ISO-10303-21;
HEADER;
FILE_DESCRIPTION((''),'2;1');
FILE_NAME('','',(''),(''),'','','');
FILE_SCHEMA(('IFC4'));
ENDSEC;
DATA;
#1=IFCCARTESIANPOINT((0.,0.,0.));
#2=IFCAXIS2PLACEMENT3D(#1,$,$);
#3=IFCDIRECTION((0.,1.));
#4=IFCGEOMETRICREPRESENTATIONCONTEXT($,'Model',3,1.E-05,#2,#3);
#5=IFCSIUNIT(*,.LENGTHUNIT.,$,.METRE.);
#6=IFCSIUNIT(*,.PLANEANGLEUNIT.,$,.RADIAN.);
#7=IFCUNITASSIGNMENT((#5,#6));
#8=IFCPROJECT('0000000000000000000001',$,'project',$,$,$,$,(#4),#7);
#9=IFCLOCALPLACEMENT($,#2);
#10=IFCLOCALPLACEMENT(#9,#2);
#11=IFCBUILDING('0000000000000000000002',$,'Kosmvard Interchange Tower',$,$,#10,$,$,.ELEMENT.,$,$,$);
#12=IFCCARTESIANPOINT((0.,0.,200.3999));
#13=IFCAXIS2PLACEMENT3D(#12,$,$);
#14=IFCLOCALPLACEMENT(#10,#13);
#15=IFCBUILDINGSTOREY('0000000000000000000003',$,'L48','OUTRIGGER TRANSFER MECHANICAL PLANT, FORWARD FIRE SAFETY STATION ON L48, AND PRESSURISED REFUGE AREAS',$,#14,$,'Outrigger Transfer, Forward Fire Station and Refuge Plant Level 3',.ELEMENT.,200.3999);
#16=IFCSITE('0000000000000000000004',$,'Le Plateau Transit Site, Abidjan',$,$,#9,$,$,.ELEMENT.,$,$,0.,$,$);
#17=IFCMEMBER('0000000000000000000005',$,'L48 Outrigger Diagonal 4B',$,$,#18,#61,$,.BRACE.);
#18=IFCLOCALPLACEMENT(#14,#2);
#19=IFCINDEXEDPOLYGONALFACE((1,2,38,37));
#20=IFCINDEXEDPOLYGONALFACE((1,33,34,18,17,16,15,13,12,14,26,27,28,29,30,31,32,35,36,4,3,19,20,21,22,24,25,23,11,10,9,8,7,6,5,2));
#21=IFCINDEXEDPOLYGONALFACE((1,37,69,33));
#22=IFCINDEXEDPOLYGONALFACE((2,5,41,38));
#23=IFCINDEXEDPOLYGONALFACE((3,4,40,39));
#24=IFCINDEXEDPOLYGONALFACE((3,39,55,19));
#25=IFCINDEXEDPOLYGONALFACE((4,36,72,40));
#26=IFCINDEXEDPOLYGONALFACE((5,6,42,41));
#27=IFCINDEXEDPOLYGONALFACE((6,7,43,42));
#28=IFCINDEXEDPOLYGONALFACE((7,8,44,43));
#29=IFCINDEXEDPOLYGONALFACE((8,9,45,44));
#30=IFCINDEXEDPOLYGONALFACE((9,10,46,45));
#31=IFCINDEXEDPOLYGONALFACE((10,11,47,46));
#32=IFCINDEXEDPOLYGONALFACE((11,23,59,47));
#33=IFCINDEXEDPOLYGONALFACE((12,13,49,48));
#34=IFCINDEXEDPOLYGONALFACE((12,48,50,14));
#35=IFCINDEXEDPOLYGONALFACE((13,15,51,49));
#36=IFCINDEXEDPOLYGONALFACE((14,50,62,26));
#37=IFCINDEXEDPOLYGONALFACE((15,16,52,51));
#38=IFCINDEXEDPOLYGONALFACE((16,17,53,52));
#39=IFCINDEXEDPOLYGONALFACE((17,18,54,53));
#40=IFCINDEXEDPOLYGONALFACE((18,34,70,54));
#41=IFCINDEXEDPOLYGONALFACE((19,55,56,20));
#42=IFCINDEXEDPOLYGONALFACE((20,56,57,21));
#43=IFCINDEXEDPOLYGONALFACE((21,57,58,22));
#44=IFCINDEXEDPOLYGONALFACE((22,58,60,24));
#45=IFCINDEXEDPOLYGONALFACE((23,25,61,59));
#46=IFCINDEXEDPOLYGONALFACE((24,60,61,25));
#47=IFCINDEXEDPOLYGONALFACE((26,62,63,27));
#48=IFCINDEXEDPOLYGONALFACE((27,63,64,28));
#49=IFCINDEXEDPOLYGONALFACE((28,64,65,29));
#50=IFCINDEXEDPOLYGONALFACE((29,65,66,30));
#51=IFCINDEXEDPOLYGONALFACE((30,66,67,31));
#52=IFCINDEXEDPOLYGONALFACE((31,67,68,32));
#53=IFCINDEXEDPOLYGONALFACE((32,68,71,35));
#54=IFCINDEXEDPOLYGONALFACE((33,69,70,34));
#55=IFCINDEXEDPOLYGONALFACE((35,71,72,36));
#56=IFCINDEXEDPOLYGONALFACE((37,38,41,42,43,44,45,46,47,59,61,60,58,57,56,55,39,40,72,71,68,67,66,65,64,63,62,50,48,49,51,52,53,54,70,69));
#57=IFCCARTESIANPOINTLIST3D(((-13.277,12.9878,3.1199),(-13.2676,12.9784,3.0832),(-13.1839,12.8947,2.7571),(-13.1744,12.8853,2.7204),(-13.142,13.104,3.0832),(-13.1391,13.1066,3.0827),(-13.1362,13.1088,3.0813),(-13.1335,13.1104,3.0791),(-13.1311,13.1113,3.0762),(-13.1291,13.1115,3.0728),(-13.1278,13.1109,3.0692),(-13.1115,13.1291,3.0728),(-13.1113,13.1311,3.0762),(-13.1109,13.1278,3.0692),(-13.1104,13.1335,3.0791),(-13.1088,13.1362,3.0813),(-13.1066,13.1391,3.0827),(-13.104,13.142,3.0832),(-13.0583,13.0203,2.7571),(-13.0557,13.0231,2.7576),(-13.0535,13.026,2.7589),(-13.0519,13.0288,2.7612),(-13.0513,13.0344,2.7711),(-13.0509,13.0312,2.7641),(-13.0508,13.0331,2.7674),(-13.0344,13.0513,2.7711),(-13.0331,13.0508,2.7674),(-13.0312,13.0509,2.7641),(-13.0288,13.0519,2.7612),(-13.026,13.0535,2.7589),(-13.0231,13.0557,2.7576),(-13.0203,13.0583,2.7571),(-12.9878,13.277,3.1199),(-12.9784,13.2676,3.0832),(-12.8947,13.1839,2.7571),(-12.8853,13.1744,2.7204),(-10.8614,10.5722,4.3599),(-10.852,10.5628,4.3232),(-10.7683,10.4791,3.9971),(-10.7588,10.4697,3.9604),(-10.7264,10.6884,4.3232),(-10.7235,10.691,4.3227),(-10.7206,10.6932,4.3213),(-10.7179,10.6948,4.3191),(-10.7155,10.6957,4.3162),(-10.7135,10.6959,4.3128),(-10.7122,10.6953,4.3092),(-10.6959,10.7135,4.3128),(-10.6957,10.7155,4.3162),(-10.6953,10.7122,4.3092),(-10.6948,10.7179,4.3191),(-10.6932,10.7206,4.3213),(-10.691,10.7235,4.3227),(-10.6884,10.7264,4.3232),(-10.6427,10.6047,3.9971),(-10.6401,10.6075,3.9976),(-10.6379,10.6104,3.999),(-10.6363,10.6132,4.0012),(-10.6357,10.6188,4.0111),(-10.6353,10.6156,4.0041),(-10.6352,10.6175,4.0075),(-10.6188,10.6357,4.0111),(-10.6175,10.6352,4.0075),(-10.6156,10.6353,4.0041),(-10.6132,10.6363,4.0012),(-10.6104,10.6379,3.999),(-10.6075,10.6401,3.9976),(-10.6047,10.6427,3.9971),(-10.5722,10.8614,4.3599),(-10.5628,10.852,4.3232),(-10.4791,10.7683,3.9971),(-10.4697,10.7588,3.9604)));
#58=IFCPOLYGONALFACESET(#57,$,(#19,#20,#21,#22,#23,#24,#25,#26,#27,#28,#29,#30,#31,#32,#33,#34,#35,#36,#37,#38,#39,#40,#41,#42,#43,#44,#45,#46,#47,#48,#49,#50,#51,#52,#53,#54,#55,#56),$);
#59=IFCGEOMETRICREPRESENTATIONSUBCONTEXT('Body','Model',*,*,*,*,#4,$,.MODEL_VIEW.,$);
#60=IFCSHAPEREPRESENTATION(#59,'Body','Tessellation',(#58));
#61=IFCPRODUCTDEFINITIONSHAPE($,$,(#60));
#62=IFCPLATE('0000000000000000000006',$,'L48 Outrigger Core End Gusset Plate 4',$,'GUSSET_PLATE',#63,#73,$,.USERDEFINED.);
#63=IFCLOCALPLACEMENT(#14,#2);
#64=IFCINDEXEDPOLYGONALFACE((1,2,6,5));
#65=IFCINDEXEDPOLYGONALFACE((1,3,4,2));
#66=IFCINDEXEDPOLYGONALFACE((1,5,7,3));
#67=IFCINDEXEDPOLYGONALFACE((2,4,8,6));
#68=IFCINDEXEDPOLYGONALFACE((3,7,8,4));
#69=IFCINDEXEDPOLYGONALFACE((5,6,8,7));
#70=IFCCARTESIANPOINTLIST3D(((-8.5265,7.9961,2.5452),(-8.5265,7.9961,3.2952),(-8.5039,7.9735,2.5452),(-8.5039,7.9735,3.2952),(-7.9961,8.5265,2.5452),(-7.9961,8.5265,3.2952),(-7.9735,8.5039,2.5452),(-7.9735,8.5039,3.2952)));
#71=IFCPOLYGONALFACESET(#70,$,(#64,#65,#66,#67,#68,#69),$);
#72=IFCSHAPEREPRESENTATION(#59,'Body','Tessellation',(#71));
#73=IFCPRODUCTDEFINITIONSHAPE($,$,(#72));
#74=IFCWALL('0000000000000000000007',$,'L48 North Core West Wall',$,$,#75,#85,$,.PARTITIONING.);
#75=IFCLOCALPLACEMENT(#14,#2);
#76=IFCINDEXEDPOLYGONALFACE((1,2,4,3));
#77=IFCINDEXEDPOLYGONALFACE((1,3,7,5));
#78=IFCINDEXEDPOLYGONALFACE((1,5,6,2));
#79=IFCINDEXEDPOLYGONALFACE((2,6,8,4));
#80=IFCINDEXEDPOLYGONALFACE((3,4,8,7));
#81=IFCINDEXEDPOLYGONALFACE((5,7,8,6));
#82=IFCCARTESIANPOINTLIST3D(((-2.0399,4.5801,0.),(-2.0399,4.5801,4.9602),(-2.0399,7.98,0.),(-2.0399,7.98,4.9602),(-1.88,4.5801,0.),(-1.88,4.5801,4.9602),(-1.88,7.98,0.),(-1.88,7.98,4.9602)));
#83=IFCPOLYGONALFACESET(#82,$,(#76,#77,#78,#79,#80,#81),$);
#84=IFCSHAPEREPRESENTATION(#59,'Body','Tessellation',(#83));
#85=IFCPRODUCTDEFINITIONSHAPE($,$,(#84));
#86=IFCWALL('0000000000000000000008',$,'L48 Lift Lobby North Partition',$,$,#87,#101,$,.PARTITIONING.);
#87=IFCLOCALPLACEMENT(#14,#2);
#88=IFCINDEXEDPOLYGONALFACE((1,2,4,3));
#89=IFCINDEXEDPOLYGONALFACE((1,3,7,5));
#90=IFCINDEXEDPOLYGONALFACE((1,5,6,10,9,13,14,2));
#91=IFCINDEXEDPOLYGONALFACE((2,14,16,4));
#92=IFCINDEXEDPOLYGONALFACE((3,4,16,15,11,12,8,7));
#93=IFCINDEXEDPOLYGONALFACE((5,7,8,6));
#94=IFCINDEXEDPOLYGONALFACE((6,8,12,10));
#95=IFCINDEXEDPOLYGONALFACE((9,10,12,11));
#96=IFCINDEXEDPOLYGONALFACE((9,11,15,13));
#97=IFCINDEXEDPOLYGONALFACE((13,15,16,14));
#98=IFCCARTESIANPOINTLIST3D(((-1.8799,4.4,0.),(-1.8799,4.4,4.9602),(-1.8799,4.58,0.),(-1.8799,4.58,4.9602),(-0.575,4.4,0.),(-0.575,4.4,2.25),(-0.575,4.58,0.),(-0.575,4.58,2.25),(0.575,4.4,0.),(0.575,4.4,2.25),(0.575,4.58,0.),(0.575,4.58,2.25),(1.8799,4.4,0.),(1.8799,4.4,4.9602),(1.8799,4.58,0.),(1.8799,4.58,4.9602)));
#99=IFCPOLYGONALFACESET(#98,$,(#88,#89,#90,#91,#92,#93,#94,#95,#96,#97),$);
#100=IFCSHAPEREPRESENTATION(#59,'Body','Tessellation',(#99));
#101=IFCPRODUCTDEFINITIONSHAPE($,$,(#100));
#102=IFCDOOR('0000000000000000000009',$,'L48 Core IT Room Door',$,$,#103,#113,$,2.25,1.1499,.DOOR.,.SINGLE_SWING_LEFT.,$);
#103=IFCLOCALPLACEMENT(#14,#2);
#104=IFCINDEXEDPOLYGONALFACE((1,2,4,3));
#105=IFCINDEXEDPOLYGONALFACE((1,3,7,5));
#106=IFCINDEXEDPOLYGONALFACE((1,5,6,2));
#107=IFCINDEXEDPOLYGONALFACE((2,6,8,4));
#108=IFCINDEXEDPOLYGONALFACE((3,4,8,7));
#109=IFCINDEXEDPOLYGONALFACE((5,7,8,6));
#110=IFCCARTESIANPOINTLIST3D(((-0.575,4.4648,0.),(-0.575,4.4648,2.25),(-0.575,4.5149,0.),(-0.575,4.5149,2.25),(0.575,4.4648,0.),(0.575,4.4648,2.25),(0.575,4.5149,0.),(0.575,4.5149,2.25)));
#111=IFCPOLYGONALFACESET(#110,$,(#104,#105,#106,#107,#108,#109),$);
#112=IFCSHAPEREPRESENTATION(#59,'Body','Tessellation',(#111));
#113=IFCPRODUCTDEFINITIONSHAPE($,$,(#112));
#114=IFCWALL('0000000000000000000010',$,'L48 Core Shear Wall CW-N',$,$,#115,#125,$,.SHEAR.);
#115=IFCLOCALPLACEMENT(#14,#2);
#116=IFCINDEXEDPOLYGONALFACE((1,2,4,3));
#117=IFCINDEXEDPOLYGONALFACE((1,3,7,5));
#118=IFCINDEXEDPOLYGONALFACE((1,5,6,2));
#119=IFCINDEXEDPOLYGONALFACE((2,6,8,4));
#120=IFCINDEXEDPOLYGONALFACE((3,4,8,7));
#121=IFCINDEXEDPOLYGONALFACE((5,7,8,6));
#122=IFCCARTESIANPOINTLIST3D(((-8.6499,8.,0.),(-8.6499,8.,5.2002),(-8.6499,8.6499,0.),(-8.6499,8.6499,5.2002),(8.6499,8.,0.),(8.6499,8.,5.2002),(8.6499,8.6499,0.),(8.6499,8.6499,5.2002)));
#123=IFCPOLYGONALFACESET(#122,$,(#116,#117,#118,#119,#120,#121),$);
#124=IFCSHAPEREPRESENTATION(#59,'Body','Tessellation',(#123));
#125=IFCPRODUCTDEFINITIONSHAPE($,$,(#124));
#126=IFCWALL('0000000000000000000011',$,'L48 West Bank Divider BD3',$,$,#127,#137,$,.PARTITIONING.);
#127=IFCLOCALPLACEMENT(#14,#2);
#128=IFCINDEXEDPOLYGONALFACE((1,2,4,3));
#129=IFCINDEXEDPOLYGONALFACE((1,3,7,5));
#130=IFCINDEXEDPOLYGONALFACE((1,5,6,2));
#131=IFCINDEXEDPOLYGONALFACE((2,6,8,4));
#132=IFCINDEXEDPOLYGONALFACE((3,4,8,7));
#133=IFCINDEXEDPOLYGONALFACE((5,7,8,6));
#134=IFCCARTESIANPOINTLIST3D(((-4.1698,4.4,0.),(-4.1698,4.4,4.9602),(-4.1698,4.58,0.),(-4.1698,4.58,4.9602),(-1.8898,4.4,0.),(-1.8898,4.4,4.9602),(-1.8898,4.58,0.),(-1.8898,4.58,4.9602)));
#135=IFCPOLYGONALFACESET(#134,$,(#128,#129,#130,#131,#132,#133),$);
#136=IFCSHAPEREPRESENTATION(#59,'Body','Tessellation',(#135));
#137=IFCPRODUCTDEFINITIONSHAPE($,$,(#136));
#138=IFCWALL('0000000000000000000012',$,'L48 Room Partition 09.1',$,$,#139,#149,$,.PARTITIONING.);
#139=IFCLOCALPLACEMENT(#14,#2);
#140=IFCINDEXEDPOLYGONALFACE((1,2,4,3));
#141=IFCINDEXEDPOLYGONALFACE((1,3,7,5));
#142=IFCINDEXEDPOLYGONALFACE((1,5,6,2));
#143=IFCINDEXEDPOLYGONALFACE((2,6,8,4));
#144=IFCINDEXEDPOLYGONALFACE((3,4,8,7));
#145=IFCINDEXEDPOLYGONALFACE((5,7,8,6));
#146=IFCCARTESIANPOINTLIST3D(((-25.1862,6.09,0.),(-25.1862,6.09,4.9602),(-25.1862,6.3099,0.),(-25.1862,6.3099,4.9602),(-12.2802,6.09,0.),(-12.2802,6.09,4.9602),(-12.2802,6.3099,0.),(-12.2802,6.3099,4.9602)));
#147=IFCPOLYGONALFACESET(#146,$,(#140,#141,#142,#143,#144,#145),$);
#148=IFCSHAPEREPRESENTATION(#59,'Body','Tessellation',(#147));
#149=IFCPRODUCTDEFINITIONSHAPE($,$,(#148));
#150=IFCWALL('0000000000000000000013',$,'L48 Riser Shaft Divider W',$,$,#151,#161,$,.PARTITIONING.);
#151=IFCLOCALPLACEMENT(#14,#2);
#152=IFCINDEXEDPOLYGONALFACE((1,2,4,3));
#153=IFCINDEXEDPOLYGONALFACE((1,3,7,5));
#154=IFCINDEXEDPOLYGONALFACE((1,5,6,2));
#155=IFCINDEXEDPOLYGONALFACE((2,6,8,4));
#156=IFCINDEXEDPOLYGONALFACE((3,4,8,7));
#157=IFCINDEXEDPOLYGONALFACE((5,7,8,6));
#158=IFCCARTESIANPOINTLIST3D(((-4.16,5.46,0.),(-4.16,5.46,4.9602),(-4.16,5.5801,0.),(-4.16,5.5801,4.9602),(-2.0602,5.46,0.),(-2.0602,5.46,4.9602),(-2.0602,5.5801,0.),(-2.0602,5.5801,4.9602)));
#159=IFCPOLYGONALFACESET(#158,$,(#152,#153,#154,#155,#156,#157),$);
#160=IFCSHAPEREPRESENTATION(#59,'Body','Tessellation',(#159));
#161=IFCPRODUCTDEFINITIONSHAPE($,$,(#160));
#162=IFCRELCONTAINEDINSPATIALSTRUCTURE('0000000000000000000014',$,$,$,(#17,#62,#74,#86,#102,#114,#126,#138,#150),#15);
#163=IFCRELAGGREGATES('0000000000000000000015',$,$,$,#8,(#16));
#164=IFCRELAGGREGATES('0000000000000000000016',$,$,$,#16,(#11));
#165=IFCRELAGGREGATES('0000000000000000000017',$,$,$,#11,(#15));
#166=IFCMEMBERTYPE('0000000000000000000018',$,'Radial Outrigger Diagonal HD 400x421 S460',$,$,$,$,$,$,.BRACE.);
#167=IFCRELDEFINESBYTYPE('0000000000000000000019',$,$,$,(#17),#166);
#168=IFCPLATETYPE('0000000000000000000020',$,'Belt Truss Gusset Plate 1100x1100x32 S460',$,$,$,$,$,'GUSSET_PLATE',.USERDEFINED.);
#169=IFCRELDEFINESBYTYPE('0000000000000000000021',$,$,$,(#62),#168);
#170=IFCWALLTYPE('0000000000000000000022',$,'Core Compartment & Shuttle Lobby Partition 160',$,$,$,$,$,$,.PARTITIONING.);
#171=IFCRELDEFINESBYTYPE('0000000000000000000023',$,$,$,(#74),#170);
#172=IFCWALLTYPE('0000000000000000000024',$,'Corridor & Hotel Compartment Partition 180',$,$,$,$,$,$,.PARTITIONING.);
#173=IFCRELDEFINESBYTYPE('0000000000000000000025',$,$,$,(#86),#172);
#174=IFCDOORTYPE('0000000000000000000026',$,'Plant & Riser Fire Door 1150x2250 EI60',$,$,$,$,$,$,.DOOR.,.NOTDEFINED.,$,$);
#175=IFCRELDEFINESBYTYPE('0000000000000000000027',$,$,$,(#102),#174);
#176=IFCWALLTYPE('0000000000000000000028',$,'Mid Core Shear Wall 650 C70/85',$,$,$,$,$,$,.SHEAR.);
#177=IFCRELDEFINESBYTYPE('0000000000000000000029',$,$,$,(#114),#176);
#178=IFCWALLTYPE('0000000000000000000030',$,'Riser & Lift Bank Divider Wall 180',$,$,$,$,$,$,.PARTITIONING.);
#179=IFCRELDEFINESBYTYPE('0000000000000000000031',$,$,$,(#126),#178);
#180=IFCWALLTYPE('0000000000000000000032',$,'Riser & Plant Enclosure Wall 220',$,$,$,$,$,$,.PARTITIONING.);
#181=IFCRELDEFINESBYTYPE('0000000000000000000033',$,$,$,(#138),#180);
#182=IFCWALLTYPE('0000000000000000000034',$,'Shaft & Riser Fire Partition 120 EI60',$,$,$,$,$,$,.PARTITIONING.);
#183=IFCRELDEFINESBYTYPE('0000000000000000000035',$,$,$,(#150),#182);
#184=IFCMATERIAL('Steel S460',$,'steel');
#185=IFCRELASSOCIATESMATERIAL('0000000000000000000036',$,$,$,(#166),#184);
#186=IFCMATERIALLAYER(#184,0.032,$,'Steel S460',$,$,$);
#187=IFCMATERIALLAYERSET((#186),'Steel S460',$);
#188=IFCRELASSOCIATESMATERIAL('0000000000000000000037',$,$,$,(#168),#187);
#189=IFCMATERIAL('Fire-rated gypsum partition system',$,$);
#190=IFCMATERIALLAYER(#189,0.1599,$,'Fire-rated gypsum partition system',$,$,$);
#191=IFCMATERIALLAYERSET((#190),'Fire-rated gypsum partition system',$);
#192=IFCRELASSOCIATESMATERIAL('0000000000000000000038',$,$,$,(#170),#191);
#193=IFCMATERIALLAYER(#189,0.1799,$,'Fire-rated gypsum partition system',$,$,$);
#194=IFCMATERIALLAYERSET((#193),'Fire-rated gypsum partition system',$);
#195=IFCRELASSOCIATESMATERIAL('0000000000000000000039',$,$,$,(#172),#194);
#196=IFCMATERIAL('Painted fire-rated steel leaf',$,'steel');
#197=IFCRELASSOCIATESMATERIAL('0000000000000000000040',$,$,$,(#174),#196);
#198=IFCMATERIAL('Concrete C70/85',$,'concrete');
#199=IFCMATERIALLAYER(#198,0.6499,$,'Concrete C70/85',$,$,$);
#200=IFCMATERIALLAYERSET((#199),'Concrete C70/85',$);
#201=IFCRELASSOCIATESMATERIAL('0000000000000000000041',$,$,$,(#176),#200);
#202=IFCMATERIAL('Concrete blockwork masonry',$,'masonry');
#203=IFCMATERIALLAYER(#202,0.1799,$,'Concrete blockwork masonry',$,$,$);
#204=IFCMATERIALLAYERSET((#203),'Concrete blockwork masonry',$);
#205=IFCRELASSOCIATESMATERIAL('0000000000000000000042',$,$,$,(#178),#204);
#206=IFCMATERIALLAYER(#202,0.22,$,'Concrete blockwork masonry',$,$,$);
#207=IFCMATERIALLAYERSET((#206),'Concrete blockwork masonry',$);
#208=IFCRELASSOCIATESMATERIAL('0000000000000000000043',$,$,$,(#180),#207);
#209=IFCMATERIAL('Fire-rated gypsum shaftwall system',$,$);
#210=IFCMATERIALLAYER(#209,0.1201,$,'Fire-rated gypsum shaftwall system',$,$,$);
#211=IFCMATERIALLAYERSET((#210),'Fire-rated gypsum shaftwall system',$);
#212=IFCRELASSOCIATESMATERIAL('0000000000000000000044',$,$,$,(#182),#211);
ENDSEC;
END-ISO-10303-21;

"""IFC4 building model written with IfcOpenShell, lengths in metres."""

from ifc_helpers import new_model, si_unit, direction, frame, frame_2d, origin, origin_2d, place, context, subcontext, project, spatial, rectangle, i_section, extrude, source, transform, mapped, material, layer, layer_set, material_profile, profile_set, type_object, element, fill, save


model = new_model("IFC4")

# Units and contexts
model_context = context("Model", 3, precision=1e-05, world=origin(), true_north=direction((0.0, 1.0)))
body_context = subcontext(model_context, "Body", "Model", "MODEL_VIEW")
ifc_project = project(units=[si_unit("LENGTHUNIT", "METRE"), si_unit("PLANEANGLEUNIT", "RADIAN")], contexts=[model_context])

# Site, building, storey
site_placement = place(None, origin())
site = spatial("IfcSite", under=ifc_project, at=site_placement, Name="Le Plateau Transit Site, Abidjan", CompositionType="ELEMENT", RefElevation=0.0)
building_placement = place(site_placement, origin())
building = spatial("IfcBuilding", under=site, at=building_placement, Name="Kosmvard Interchange Tower", CompositionType="ELEMENT")
storey_placement = place(building_placement, frame((0.0, 0.0, 200.3999)))
storey = spatial("IfcBuildingStorey", under=building, at=storey_placement, Name="L48", Description="OUTRIGGER TRANSFER MECHANICAL PLANT, FORWARD FIRE SAFETY STATION ON L48, AND PRESSURISED REFUGE AREAS", LongName="Outrigger Transfer, Forward Fire Station and Refuge Plant Level 3", CompositionType="ELEMENT", Elevation=200.3999)

# Shared definitions
ifc_material_1 = material(Name="Steel S460", Category="steel")

# Member
ifc_material_profile_1 = material_profile(ifc_material_1, i_section(OverallWidth=0.4089, OverallDepth=0.425, WebThickness=0.0239, FlangeThickness=0.0391, FilletRadius=0.0149, at=origin_2d()), Name="HD 400x421")
ifc_profile_set_1 = profile_set([ifc_material_profile_1], Name="Steel S460")
member_type_1 = type_object("IfcMemberType", Name="Radial Outrigger Diagonal HD 400x421 S460", PredefinedType="BRACE", material=ifc_profile_set_1)
shared_shape_1 = source(origin(), body_context, "Body", "SweptSolid", [
    extrude(i_section(OverallWidth=0.4089, OverallDepth=0.425, WebThickness=0.0239, FlangeThickness=0.0391, FilletRadius=0.0149, at=origin_2d()), origin(), (0.0, 0.0, 1.0), 3.6343),
])
for number, where, z_axis, x_axis, name in (
    (1, (-10.6655, 10.6655, 4.1602), (-0.664673, 0.664673, -0.341204), (-0.707107, -0.707107, 0.0), "L48 Outrigger Diagonal 4B"),
):
    element("IfcMember", number, at=place(storey_placement, frame(where, z_axis=z_axis, x_axis=x_axis)), inside=storey, type_object=member_type_1, Name=name, PredefinedType="BRACE", context=body_context, shape_type="MappedRepresentation", body=[
        mapped(shared_shape_1, transform((0.0, 0.0, 0.0), scale=1.0)),
    ])

# Plate
ifc_layer_1 = layer(ifc_material_1, 0.032, Name="Steel S460")
ifc_layer_set_1 = layer_set([ifc_layer_1], Name="Steel S460")
plate_type = type_object("IfcPlateType", Name="Belt Truss Gusset Plate 1100x1100x32 S460", ElementType="GUSSET_PLATE", PredefinedType="USERDEFINED", material=ifc_layer_set_1)
shared_shape_2 = source(origin(), body_context, "Body", "SweptSolid", [
    extrude(rectangle(XDim=0.75, YDim=0.032, at=origin_2d()), origin(), (0.0, 0.0, 1.0), 0.75),
])
plate_placement = place(storey_placement, frame((-8.25, 8.25, 2.5452), z_axis=(0.0, 0.0, 1.0), x_axis=(0.707107, 0.707107, 0.0)))
element("IfcPlate", 2, at=plate_placement, inside=storey, type_object=plate_type, Name="L48 Outrigger Core End Gusset Plate 4", ObjectType="GUSSET_PLATE", PredefinedType="USERDEFINED", context=body_context, shape_type="MappedRepresentation", body=[
    mapped(shared_shape_2, transform((0.0, 0.0, 0.0), scale=1.0)),
])

# Wall
ifc_material_2 = material(Name="Fire-rated gypsum partition system")
ifc_layer_2 = layer(ifc_material_2, 0.1599, Name="Fire-rated gypsum partition system")
ifc_layer_set_2 = layer_set([ifc_layer_2], Name="Fire-rated gypsum partition system")
wall_type_1 = type_object("IfcWallType", Name="Core Compartment & Shuttle Lobby Partition 160", PredefinedType="PARTITIONING", material=ifc_layer_set_2)
wall_1_placement = place(storey_placement, frame((-1.96, 4.5801, 0.0), z_axis=(0.0, 0.0, 1.0), x_axis=(0.0, 1.0, 0.0)))
element("IfcWall", 3, at=wall_1_placement, inside=storey, type_object=wall_type_1, Name="L48 North Core West Wall", PredefinedType="PARTITIONING", context=body_context, shape_type="SweptSolid", body=[
    extrude(rectangle(XDim=3.3999, YDim=0.1599, at=frame_2d((1.7, 0.0))), origin(), (0.0, 0.0, 1.0), 4.9602),
])

# Wall, opening, door
ifc_layer_3 = layer(ifc_material_2, 0.1799, Name="Fire-rated gypsum partition system")
ifc_layer_set_3 = layer_set([ifc_layer_3], Name="Fire-rated gypsum partition system")
wall_type_2 = type_object("IfcWallType", Name="Corridor & Hotel Compartment Partition 180", PredefinedType="PARTITIONING", material=ifc_layer_set_3)
wall_2_placement = place(storey_placement, frame((-1.8799, 4.49, 0.0), z_axis=(0.0, 0.0, 1.0), x_axis=(1.0, 0.0, 0.0)))
wall_2 = element("IfcWall", 4, at=wall_2_placement, inside=storey, type_object=wall_type_2, Name="L48 Lift Lobby North Partition", PredefinedType="PARTITIONING", context=body_context, shape_type="SweptSolid", body=[
    extrude(rectangle(XDim=3.7598, YDim=0.1799, at=frame_2d((1.8799, 0.0))), origin(), (0.0, 0.0, 1.0), 4.9602),
])
opening_placement = place(wall_2_placement, frame((1.3049, 0.0, 0.0)))
opening = element("IfcOpeningElement", 5, at=opening_placement, cuts=wall_2, PredefinedType="OPENING", context=body_context, shape_type="SweptSolid", body=[
    extrude(rectangle(XDim=1.1499, YDim=2.25, at=frame_2d((0.575, 1.125))), frame((0.0, 0.1001, 0.0), z_axis=(0.0, -1.0, 0.0), x_axis=(1.0, 0.0, 0.0)), (0.0, 0.0, 1.0), 0.2),
])
ifc_material_3 = material(Name="Painted fire-rated steel leaf", Category="steel")
door_type = type_object("IfcDoorType", Name="Plant & Riser Fire Door 1150x2250 EI60", OperationType="NOTDEFINED", PredefinedType="DOOR", material=ifc_material_3)
shared_shape_3 = source(origin(), body_context, "Body", "SweptSolid", [
    extrude(rectangle(XDim=1.1499, YDim=2.25, at=frame_2d((0.575, 1.125))), frame((0.0, 0.0249, 0.0), z_axis=(0.0, -1.0, 0.0), x_axis=(1.0, 0.0, 0.0)), (0.0, 0.0, 1.0), 0.05),
])
door_placement = place(opening_placement, origin())
door = element("IfcDoor", 6, at=door_placement, inside=storey, type_object=door_type, Name="L48 Core IT Room Door", OperationType="SINGLE_SWING_LEFT", OverallHeight=2.25, OverallWidth=1.1499, PredefinedType="DOOR", context=body_context, shape_type="MappedRepresentation", body=[
    mapped(shared_shape_3, transform((0.0, 0.0, 0.0), scale=1.0)),
])
fill(opening, door)

# Walls
ifc_material_4 = material(Name="Concrete C70/85", Category="concrete")
ifc_layer_4 = layer(ifc_material_4, 0.6499, Name="Concrete C70/85")
ifc_layer_set_4 = layer_set([ifc_layer_4], Name="Concrete C70/85")
wall_type_3 = type_object("IfcWallType", Name="Mid Core Shear Wall 650 C70/85", PredefinedType="SHEAR", material=ifc_layer_set_4)
wall_3_placement = place(storey_placement, frame((-8.6499, 8.325, 0.0), z_axis=(0.0, 0.0, 1.0), x_axis=(1.0, 0.0, 0.0)))
element("IfcWall", 7, at=wall_3_placement, inside=storey, type_object=wall_type_3, Name="L48 Core Shear Wall CW-N", PredefinedType="SHEAR", context=body_context, shape_type="SweptSolid", body=[
    extrude(rectangle(XDim=17.2998, YDim=0.6499, at=frame_2d((8.6499, 0.0))), origin(), (0.0, 0.0, 1.0), 5.2002),
])
ifc_material_5 = material(Name="Concrete blockwork masonry", Category="masonry")
ifc_layer_5 = layer(ifc_material_5, 0.1799, Name="Concrete blockwork masonry")
ifc_layer_set_5 = layer_set([ifc_layer_5], Name="Concrete blockwork masonry")
wall_type_4 = type_object("IfcWallType", Name="Riser & Lift Bank Divider Wall 180", PredefinedType="PARTITIONING", material=ifc_layer_set_5)
wall_4_placement = place(storey_placement, frame((-4.1699, 4.49, 0.0), z_axis=(0.0, 0.0, 1.0), x_axis=(1.0, 0.0, 0.0)))
element("IfcWall", 8, at=wall_4_placement, inside=storey, type_object=wall_type_4, Name="L48 West Bank Divider BD3", PredefinedType="PARTITIONING", context=body_context, shape_type="SweptSolid", body=[
    extrude(rectangle(XDim=2.28, YDim=0.1799, at=frame_2d((1.1401, 0.0))), origin(), (0.0, 0.0, 1.0), 4.9602),
])
ifc_layer_6 = layer(ifc_material_5, 0.22, Name="Concrete blockwork masonry")
ifc_layer_set_6 = layer_set([ifc_layer_6], Name="Concrete blockwork masonry")
wall_type_5 = type_object("IfcWallType", Name="Riser & Plant Enclosure Wall 220", PredefinedType="PARTITIONING", material=ifc_layer_set_6)
wall_5_placement = place(storey_placement, frame((-12.28, 6.2, 0.0), z_axis=(0.0, 0.0, 1.0), x_axis=(-1.0, 0.0, 0.0)))
element("IfcWall", 9, at=wall_5_placement, inside=storey, type_object=wall_type_5, Name="L48 Room Partition 09.1", PredefinedType="PARTITIONING", context=body_context, shape_type="SweptSolid", body=[
    extrude(rectangle(XDim=12.906, YDim=0.22, at=frame_2d((6.4531, 0.0))), origin(), (0.0, 0.0, 1.0), 4.9602),
])
ifc_material_6 = material(Name="Fire-rated gypsum shaftwall system")
ifc_layer_7 = layer(ifc_material_6, 0.1201, Name="Fire-rated gypsum shaftwall system")
ifc_layer_set_7 = layer_set([ifc_layer_7], Name="Fire-rated gypsum shaftwall system")
wall_type_6 = type_object("IfcWallType", Name="Shaft & Riser Fire Partition 120 EI60", PredefinedType="PARTITIONING", material=ifc_layer_set_7)
wall_6_placement = place(storey_placement, frame((-4.1599, 5.52, 0.0), z_axis=(0.0, 0.0, 1.0), x_axis=(1.0, 0.0, 0.0)))
element("IfcWall", 10, at=wall_6_placement, inside=storey, type_object=wall_type_6, Name="L48 Riser Shaft Divider W", PredefinedType="PARTITIONING", context=body_context, shape_type="SweptSolid", body=[
    extrude(rectangle(XDim=2.0999, YDim=0.1201, at=frame_2d((1.0498, 0.0))), origin(), (0.0, 0.0, 1.0), 4.9602),
])

save(model, "model.ifc")
